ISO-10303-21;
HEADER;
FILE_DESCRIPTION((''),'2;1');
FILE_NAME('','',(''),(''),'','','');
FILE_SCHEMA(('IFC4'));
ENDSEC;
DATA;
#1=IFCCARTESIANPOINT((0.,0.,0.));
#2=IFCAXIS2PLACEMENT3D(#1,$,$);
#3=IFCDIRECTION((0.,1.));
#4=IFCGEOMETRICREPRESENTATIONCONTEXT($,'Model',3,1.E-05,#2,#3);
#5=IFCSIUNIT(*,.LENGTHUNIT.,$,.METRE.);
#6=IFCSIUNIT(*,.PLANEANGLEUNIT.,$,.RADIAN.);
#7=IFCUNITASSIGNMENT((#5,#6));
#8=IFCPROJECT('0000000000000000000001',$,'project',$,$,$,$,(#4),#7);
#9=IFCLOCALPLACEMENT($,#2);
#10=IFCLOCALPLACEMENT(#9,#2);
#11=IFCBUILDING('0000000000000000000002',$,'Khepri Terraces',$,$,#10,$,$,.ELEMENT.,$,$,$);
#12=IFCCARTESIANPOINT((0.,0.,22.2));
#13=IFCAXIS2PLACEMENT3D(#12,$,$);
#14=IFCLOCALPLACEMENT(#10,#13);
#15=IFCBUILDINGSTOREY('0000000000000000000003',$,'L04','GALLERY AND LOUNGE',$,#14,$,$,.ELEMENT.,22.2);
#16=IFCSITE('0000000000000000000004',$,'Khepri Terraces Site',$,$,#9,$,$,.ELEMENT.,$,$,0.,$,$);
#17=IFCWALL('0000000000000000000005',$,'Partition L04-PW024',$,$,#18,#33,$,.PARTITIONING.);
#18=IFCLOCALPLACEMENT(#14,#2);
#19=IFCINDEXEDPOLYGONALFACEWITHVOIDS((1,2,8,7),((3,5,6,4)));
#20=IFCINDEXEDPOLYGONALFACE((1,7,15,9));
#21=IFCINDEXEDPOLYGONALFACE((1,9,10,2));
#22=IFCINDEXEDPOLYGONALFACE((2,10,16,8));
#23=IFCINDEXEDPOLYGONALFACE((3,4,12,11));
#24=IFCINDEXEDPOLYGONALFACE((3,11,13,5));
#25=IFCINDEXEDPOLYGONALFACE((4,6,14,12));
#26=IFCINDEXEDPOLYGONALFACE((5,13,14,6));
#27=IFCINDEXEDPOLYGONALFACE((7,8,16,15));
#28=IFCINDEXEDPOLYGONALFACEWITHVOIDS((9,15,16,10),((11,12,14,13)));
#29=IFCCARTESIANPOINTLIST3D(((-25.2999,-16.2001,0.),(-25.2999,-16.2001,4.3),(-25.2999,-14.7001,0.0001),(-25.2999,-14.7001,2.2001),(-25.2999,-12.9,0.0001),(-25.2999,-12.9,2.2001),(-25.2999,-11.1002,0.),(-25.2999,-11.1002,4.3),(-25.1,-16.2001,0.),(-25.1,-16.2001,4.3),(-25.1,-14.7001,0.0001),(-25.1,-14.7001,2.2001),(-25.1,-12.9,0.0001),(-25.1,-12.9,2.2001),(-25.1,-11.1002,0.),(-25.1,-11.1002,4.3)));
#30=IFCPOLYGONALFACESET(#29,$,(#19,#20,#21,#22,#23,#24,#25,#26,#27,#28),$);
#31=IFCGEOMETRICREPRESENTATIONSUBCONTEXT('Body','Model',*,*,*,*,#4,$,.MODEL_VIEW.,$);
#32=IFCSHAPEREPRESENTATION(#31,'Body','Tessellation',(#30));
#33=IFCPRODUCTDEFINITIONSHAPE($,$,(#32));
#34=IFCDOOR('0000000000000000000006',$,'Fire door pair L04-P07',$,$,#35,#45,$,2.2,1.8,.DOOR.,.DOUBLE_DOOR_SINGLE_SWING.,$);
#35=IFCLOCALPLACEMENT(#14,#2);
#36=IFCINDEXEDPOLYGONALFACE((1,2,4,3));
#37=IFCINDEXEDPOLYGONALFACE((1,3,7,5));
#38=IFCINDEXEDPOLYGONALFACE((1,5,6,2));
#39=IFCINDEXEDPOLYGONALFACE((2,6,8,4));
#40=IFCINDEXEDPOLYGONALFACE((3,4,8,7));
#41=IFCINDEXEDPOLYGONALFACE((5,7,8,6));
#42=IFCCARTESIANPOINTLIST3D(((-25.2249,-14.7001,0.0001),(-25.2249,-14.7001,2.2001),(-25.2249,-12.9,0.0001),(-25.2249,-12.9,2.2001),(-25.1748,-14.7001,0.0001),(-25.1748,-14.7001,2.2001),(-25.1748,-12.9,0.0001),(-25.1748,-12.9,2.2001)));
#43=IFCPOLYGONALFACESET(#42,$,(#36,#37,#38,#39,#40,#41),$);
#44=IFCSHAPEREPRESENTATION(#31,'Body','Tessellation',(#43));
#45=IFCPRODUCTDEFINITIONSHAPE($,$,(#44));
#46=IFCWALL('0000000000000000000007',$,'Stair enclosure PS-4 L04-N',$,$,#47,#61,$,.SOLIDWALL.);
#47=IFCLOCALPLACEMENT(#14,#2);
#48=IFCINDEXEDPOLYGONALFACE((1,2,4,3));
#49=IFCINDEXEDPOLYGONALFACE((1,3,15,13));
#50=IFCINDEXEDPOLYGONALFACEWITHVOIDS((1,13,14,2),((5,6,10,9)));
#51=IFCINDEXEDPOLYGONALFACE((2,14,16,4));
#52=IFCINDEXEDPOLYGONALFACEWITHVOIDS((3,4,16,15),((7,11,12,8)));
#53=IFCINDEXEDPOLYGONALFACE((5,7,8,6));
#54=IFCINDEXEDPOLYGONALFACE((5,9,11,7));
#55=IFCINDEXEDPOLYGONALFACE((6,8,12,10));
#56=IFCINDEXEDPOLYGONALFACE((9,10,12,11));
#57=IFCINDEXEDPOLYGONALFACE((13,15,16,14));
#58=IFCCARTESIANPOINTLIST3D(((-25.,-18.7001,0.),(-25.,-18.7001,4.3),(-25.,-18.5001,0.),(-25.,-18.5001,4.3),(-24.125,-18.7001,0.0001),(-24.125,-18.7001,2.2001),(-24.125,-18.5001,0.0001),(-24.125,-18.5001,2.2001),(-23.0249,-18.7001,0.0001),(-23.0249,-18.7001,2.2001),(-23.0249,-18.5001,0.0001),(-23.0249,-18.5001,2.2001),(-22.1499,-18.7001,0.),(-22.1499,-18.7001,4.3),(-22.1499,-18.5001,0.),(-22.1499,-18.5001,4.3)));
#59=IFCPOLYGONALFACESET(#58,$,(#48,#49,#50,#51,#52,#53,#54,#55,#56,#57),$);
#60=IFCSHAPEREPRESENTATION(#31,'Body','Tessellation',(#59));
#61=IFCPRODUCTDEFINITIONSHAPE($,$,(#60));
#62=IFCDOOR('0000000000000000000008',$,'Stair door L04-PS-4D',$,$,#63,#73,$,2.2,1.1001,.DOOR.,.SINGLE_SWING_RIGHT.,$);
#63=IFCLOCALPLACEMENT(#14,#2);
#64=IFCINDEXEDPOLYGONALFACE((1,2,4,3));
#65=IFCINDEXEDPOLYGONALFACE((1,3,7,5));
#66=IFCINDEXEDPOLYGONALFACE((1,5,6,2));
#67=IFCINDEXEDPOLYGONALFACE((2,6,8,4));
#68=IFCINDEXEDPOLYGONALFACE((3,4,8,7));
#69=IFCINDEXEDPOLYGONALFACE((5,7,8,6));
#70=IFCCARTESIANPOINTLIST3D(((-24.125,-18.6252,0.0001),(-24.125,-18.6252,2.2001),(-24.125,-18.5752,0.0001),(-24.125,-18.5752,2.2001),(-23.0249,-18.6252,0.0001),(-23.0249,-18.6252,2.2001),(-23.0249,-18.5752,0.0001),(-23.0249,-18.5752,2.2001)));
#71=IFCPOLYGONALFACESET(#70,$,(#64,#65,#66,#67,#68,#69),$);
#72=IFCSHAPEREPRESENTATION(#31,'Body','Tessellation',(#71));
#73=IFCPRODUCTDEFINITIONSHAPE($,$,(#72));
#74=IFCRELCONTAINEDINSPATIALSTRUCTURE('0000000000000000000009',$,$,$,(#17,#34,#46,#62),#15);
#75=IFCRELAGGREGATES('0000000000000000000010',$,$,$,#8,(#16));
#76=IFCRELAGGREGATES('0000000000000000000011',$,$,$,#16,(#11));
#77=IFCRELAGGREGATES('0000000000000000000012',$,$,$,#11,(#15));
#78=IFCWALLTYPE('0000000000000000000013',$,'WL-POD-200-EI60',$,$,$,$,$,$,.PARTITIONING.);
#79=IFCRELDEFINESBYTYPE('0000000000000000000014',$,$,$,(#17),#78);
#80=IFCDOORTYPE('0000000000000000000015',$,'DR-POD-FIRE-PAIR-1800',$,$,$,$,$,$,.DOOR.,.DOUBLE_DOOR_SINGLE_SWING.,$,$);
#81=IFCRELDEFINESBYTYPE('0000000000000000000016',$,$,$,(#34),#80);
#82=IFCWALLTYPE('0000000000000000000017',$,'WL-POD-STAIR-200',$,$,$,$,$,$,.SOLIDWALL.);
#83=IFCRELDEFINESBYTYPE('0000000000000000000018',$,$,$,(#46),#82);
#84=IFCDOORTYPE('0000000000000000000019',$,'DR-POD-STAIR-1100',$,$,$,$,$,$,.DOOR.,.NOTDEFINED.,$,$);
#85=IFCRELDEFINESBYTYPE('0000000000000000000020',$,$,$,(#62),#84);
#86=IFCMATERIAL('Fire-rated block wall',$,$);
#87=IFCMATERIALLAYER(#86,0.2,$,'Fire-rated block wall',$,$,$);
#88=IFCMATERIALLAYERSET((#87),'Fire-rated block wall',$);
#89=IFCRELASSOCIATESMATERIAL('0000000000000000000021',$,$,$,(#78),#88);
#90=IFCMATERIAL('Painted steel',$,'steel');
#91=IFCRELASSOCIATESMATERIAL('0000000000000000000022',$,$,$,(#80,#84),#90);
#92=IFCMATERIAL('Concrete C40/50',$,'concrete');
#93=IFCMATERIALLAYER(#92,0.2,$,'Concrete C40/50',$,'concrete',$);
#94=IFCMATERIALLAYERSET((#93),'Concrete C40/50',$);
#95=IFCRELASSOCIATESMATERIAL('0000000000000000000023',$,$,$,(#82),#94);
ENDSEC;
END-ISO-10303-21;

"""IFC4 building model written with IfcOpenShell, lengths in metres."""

from ifc_helpers import new_model, si_unit, direction, frame, frame_2d, origin, place, context, subcontext, project, spatial, rectangle, extrude, material, layer, layer_set, type_object, element, fill, save


model = new_model("IFC4")

# Units and contexts
model_context = context("Model", 3, precision=1e-05, world=origin(), true_north=direction((0.0, 1.0)))
body_context = subcontext(model_context, "Body", "Model", "MODEL_VIEW")
ifc_project = project(units=[si_unit("LENGTHUNIT", "METRE"), si_unit("PLANEANGLEUNIT", "RADIAN")], contexts=[model_context])

# Site, building, storey
site_placement = place(None, origin())
site = spatial("IfcSite", under=ifc_project, at=site_placement, Name="Khepri Terraces Site", CompositionType="ELEMENT", RefElevation=0.0)
building_placement = place(site_placement, origin())
building = spatial("IfcBuilding", under=site, at=building_placement, Name="Khepri Terraces", CompositionType="ELEMENT")
storey_placement = place(building_placement, frame((0.0, 0.0, 22.2)))
storey = spatial("IfcBuildingStorey", under=building, at=storey_placement, Name="L04", Description="GALLERY AND LOUNGE", CompositionType="ELEMENT", Elevation=22.2)

# Shared definitions
ifc_material_1 = material(Name="Fire-rated block wall")
ifc_layer_1 = layer(ifc_material_1, 0.2, Name="Fire-rated block wall")
ifc_layer_set_1 = layer_set([ifc_layer_1], Name="Fire-rated block wall")
wall_type_1 = type_object("IfcWallType", Name="WL-POD-200-EI60", PredefinedType="PARTITIONING", material=ifc_layer_set_1)
ifc_material_2 = material(Name="Painted steel", Category="steel")

# Walls, openings, doors
wall_1_placement = place(storey_placement, frame((-25.2, -16.2, 0.0), z_axis=(0.0, 0.0, 1.0), x_axis=(0.0, 1.0, 0.0)))
wall_1 = element("IfcWall", 1, at=wall_1_placement, inside=storey, type_object=wall_type_1, Name="Partition L04-PW024", PredefinedType="PARTITIONING", context=body_context, shape_type="SweptSolid", body=[
    extrude(rectangle(XDim=5.0999, YDim=0.2, at=frame_2d((2.5498, 0.0))), origin(), (0.0, 0.0, 1.0), 4.3),
])
opening_1_placement = place(wall_1_placement, frame((1.5, 0.0, 0.0)))
opening_1 = element("IfcOpeningElement", 2, at=opening_1_placement, cuts=wall_1, PredefinedType="OPENING", context=body_context, shape_type="SweptSolid", body=[
    extrude(rectangle(XDim=1.8, YDim=2.2, at=frame_2d((0.8999, 1.1001))), frame((0.0, 0.1099, 0.0), z_axis=(0.0, -1.0, 0.0), x_axis=(1.0, 0.0, 0.0)), (0.0, 0.0, 1.0), 0.22),
])
door_type_1 = type_object("IfcDoorType", Name="DR-POD-FIRE-PAIR-1800", OperationType="DOUBLE_DOOR_SINGLE_SWING", PredefinedType="DOOR", material=ifc_material_2)
door_1_placement = place(opening_1_placement, origin())
door_1 = element("IfcDoor", 3, at=door_1_placement, inside=storey, type_object=door_type_1, Name="Fire door pair L04-P07", OperationType="DOUBLE_DOOR_SINGLE_SWING", OverallHeight=2.2, OverallWidth=1.8, PredefinedType="DOOR", context=body_context, shape_type="SweptSolid", body=[
    extrude(rectangle(XDim=1.8, YDim=2.2, at=frame_2d((0.8999, 1.1001))), frame((0.0, 0.0249, 0.0), z_axis=(0.0, -1.0, 0.0), x_axis=(1.0, 0.0, 0.0)), (0.0, 0.0, 1.0), 0.05),
])
fill(opening_1, door_1)
ifc_material_3 = material(Name="Concrete C40/50", Category="concrete")
ifc_layer_2 = layer(ifc_material_3, 0.2, Name="Concrete C40/50", Category="concrete")
ifc_layer_set_2 = layer_set([ifc_layer_2], Name="Concrete C40/50")
wall_type_2 = type_object("IfcWallType", Name="WL-POD-STAIR-200", PredefinedType="SOLIDWALL", material=ifc_layer_set_2)
wall_2_placement = place(storey_placement, frame((-25.0, -18.6001, 0.0), z_axis=(0.0, 0.0, 1.0), x_axis=(1.0, 0.0, 0.0)))
wall_2 = element("IfcWall", 4, at=wall_2_placement, inside=storey, type_object=wall_type_2, Name="Stair enclosure PS-4 L04-N", PredefinedType="SOLIDWALL", context=body_context, shape_type="SweptSolid", body=[
    extrude(rectangle(XDim=2.8501, YDim=0.2, at=frame_2d((1.425, 0.0))), origin(), (0.0, 0.0, 1.0), 4.3),
])
opening_2_placement = place(wall_2_placement, frame((0.875, 0.0, 0.0)))
opening_2 = element("IfcOpeningElement", 5, at=opening_2_placement, cuts=wall_2, PredefinedType="OPENING", context=body_context, shape_type="SweptSolid", body=[
    extrude(rectangle(XDim=1.1001, YDim=2.2, at=frame_2d((0.55, 1.1001))), frame((0.0, 0.1099, 0.0), z_axis=(0.0, -1.0, 0.0), x_axis=(1.0, 0.0, 0.0)), (0.0, 0.0, 1.0), 0.22),
])
door_type_2 = type_object("IfcDoorType", Name="DR-POD-STAIR-1100", OperationType="NOTDEFINED", PredefinedType="DOOR", material=ifc_material_2)
door_2_placement = place(opening_2_placement, origin())
door_2 = element("IfcDoor", 6, at=door_2_placement, inside=storey, type_object=door_type_2, Name="Stair door L04-PS-4D", OperationType="SINGLE_SWING_RIGHT", OverallHeight=2.2, OverallWidth=1.1001, PredefinedType="DOOR", context=body_context, shape_type="SweptSolid", body=[
    extrude(rectangle(XDim=1.1001, YDim=2.2, at=frame_2d((0.55, 1.1001))), frame((0.0, 0.0249, 0.0), z_axis=(0.0, -1.0, 0.0), x_axis=(1.0, 0.0, 0.0)), (0.0, 0.0, 1.0), 0.05),
])
fill(opening_2, door_2)

save(model, "model.ifc")
